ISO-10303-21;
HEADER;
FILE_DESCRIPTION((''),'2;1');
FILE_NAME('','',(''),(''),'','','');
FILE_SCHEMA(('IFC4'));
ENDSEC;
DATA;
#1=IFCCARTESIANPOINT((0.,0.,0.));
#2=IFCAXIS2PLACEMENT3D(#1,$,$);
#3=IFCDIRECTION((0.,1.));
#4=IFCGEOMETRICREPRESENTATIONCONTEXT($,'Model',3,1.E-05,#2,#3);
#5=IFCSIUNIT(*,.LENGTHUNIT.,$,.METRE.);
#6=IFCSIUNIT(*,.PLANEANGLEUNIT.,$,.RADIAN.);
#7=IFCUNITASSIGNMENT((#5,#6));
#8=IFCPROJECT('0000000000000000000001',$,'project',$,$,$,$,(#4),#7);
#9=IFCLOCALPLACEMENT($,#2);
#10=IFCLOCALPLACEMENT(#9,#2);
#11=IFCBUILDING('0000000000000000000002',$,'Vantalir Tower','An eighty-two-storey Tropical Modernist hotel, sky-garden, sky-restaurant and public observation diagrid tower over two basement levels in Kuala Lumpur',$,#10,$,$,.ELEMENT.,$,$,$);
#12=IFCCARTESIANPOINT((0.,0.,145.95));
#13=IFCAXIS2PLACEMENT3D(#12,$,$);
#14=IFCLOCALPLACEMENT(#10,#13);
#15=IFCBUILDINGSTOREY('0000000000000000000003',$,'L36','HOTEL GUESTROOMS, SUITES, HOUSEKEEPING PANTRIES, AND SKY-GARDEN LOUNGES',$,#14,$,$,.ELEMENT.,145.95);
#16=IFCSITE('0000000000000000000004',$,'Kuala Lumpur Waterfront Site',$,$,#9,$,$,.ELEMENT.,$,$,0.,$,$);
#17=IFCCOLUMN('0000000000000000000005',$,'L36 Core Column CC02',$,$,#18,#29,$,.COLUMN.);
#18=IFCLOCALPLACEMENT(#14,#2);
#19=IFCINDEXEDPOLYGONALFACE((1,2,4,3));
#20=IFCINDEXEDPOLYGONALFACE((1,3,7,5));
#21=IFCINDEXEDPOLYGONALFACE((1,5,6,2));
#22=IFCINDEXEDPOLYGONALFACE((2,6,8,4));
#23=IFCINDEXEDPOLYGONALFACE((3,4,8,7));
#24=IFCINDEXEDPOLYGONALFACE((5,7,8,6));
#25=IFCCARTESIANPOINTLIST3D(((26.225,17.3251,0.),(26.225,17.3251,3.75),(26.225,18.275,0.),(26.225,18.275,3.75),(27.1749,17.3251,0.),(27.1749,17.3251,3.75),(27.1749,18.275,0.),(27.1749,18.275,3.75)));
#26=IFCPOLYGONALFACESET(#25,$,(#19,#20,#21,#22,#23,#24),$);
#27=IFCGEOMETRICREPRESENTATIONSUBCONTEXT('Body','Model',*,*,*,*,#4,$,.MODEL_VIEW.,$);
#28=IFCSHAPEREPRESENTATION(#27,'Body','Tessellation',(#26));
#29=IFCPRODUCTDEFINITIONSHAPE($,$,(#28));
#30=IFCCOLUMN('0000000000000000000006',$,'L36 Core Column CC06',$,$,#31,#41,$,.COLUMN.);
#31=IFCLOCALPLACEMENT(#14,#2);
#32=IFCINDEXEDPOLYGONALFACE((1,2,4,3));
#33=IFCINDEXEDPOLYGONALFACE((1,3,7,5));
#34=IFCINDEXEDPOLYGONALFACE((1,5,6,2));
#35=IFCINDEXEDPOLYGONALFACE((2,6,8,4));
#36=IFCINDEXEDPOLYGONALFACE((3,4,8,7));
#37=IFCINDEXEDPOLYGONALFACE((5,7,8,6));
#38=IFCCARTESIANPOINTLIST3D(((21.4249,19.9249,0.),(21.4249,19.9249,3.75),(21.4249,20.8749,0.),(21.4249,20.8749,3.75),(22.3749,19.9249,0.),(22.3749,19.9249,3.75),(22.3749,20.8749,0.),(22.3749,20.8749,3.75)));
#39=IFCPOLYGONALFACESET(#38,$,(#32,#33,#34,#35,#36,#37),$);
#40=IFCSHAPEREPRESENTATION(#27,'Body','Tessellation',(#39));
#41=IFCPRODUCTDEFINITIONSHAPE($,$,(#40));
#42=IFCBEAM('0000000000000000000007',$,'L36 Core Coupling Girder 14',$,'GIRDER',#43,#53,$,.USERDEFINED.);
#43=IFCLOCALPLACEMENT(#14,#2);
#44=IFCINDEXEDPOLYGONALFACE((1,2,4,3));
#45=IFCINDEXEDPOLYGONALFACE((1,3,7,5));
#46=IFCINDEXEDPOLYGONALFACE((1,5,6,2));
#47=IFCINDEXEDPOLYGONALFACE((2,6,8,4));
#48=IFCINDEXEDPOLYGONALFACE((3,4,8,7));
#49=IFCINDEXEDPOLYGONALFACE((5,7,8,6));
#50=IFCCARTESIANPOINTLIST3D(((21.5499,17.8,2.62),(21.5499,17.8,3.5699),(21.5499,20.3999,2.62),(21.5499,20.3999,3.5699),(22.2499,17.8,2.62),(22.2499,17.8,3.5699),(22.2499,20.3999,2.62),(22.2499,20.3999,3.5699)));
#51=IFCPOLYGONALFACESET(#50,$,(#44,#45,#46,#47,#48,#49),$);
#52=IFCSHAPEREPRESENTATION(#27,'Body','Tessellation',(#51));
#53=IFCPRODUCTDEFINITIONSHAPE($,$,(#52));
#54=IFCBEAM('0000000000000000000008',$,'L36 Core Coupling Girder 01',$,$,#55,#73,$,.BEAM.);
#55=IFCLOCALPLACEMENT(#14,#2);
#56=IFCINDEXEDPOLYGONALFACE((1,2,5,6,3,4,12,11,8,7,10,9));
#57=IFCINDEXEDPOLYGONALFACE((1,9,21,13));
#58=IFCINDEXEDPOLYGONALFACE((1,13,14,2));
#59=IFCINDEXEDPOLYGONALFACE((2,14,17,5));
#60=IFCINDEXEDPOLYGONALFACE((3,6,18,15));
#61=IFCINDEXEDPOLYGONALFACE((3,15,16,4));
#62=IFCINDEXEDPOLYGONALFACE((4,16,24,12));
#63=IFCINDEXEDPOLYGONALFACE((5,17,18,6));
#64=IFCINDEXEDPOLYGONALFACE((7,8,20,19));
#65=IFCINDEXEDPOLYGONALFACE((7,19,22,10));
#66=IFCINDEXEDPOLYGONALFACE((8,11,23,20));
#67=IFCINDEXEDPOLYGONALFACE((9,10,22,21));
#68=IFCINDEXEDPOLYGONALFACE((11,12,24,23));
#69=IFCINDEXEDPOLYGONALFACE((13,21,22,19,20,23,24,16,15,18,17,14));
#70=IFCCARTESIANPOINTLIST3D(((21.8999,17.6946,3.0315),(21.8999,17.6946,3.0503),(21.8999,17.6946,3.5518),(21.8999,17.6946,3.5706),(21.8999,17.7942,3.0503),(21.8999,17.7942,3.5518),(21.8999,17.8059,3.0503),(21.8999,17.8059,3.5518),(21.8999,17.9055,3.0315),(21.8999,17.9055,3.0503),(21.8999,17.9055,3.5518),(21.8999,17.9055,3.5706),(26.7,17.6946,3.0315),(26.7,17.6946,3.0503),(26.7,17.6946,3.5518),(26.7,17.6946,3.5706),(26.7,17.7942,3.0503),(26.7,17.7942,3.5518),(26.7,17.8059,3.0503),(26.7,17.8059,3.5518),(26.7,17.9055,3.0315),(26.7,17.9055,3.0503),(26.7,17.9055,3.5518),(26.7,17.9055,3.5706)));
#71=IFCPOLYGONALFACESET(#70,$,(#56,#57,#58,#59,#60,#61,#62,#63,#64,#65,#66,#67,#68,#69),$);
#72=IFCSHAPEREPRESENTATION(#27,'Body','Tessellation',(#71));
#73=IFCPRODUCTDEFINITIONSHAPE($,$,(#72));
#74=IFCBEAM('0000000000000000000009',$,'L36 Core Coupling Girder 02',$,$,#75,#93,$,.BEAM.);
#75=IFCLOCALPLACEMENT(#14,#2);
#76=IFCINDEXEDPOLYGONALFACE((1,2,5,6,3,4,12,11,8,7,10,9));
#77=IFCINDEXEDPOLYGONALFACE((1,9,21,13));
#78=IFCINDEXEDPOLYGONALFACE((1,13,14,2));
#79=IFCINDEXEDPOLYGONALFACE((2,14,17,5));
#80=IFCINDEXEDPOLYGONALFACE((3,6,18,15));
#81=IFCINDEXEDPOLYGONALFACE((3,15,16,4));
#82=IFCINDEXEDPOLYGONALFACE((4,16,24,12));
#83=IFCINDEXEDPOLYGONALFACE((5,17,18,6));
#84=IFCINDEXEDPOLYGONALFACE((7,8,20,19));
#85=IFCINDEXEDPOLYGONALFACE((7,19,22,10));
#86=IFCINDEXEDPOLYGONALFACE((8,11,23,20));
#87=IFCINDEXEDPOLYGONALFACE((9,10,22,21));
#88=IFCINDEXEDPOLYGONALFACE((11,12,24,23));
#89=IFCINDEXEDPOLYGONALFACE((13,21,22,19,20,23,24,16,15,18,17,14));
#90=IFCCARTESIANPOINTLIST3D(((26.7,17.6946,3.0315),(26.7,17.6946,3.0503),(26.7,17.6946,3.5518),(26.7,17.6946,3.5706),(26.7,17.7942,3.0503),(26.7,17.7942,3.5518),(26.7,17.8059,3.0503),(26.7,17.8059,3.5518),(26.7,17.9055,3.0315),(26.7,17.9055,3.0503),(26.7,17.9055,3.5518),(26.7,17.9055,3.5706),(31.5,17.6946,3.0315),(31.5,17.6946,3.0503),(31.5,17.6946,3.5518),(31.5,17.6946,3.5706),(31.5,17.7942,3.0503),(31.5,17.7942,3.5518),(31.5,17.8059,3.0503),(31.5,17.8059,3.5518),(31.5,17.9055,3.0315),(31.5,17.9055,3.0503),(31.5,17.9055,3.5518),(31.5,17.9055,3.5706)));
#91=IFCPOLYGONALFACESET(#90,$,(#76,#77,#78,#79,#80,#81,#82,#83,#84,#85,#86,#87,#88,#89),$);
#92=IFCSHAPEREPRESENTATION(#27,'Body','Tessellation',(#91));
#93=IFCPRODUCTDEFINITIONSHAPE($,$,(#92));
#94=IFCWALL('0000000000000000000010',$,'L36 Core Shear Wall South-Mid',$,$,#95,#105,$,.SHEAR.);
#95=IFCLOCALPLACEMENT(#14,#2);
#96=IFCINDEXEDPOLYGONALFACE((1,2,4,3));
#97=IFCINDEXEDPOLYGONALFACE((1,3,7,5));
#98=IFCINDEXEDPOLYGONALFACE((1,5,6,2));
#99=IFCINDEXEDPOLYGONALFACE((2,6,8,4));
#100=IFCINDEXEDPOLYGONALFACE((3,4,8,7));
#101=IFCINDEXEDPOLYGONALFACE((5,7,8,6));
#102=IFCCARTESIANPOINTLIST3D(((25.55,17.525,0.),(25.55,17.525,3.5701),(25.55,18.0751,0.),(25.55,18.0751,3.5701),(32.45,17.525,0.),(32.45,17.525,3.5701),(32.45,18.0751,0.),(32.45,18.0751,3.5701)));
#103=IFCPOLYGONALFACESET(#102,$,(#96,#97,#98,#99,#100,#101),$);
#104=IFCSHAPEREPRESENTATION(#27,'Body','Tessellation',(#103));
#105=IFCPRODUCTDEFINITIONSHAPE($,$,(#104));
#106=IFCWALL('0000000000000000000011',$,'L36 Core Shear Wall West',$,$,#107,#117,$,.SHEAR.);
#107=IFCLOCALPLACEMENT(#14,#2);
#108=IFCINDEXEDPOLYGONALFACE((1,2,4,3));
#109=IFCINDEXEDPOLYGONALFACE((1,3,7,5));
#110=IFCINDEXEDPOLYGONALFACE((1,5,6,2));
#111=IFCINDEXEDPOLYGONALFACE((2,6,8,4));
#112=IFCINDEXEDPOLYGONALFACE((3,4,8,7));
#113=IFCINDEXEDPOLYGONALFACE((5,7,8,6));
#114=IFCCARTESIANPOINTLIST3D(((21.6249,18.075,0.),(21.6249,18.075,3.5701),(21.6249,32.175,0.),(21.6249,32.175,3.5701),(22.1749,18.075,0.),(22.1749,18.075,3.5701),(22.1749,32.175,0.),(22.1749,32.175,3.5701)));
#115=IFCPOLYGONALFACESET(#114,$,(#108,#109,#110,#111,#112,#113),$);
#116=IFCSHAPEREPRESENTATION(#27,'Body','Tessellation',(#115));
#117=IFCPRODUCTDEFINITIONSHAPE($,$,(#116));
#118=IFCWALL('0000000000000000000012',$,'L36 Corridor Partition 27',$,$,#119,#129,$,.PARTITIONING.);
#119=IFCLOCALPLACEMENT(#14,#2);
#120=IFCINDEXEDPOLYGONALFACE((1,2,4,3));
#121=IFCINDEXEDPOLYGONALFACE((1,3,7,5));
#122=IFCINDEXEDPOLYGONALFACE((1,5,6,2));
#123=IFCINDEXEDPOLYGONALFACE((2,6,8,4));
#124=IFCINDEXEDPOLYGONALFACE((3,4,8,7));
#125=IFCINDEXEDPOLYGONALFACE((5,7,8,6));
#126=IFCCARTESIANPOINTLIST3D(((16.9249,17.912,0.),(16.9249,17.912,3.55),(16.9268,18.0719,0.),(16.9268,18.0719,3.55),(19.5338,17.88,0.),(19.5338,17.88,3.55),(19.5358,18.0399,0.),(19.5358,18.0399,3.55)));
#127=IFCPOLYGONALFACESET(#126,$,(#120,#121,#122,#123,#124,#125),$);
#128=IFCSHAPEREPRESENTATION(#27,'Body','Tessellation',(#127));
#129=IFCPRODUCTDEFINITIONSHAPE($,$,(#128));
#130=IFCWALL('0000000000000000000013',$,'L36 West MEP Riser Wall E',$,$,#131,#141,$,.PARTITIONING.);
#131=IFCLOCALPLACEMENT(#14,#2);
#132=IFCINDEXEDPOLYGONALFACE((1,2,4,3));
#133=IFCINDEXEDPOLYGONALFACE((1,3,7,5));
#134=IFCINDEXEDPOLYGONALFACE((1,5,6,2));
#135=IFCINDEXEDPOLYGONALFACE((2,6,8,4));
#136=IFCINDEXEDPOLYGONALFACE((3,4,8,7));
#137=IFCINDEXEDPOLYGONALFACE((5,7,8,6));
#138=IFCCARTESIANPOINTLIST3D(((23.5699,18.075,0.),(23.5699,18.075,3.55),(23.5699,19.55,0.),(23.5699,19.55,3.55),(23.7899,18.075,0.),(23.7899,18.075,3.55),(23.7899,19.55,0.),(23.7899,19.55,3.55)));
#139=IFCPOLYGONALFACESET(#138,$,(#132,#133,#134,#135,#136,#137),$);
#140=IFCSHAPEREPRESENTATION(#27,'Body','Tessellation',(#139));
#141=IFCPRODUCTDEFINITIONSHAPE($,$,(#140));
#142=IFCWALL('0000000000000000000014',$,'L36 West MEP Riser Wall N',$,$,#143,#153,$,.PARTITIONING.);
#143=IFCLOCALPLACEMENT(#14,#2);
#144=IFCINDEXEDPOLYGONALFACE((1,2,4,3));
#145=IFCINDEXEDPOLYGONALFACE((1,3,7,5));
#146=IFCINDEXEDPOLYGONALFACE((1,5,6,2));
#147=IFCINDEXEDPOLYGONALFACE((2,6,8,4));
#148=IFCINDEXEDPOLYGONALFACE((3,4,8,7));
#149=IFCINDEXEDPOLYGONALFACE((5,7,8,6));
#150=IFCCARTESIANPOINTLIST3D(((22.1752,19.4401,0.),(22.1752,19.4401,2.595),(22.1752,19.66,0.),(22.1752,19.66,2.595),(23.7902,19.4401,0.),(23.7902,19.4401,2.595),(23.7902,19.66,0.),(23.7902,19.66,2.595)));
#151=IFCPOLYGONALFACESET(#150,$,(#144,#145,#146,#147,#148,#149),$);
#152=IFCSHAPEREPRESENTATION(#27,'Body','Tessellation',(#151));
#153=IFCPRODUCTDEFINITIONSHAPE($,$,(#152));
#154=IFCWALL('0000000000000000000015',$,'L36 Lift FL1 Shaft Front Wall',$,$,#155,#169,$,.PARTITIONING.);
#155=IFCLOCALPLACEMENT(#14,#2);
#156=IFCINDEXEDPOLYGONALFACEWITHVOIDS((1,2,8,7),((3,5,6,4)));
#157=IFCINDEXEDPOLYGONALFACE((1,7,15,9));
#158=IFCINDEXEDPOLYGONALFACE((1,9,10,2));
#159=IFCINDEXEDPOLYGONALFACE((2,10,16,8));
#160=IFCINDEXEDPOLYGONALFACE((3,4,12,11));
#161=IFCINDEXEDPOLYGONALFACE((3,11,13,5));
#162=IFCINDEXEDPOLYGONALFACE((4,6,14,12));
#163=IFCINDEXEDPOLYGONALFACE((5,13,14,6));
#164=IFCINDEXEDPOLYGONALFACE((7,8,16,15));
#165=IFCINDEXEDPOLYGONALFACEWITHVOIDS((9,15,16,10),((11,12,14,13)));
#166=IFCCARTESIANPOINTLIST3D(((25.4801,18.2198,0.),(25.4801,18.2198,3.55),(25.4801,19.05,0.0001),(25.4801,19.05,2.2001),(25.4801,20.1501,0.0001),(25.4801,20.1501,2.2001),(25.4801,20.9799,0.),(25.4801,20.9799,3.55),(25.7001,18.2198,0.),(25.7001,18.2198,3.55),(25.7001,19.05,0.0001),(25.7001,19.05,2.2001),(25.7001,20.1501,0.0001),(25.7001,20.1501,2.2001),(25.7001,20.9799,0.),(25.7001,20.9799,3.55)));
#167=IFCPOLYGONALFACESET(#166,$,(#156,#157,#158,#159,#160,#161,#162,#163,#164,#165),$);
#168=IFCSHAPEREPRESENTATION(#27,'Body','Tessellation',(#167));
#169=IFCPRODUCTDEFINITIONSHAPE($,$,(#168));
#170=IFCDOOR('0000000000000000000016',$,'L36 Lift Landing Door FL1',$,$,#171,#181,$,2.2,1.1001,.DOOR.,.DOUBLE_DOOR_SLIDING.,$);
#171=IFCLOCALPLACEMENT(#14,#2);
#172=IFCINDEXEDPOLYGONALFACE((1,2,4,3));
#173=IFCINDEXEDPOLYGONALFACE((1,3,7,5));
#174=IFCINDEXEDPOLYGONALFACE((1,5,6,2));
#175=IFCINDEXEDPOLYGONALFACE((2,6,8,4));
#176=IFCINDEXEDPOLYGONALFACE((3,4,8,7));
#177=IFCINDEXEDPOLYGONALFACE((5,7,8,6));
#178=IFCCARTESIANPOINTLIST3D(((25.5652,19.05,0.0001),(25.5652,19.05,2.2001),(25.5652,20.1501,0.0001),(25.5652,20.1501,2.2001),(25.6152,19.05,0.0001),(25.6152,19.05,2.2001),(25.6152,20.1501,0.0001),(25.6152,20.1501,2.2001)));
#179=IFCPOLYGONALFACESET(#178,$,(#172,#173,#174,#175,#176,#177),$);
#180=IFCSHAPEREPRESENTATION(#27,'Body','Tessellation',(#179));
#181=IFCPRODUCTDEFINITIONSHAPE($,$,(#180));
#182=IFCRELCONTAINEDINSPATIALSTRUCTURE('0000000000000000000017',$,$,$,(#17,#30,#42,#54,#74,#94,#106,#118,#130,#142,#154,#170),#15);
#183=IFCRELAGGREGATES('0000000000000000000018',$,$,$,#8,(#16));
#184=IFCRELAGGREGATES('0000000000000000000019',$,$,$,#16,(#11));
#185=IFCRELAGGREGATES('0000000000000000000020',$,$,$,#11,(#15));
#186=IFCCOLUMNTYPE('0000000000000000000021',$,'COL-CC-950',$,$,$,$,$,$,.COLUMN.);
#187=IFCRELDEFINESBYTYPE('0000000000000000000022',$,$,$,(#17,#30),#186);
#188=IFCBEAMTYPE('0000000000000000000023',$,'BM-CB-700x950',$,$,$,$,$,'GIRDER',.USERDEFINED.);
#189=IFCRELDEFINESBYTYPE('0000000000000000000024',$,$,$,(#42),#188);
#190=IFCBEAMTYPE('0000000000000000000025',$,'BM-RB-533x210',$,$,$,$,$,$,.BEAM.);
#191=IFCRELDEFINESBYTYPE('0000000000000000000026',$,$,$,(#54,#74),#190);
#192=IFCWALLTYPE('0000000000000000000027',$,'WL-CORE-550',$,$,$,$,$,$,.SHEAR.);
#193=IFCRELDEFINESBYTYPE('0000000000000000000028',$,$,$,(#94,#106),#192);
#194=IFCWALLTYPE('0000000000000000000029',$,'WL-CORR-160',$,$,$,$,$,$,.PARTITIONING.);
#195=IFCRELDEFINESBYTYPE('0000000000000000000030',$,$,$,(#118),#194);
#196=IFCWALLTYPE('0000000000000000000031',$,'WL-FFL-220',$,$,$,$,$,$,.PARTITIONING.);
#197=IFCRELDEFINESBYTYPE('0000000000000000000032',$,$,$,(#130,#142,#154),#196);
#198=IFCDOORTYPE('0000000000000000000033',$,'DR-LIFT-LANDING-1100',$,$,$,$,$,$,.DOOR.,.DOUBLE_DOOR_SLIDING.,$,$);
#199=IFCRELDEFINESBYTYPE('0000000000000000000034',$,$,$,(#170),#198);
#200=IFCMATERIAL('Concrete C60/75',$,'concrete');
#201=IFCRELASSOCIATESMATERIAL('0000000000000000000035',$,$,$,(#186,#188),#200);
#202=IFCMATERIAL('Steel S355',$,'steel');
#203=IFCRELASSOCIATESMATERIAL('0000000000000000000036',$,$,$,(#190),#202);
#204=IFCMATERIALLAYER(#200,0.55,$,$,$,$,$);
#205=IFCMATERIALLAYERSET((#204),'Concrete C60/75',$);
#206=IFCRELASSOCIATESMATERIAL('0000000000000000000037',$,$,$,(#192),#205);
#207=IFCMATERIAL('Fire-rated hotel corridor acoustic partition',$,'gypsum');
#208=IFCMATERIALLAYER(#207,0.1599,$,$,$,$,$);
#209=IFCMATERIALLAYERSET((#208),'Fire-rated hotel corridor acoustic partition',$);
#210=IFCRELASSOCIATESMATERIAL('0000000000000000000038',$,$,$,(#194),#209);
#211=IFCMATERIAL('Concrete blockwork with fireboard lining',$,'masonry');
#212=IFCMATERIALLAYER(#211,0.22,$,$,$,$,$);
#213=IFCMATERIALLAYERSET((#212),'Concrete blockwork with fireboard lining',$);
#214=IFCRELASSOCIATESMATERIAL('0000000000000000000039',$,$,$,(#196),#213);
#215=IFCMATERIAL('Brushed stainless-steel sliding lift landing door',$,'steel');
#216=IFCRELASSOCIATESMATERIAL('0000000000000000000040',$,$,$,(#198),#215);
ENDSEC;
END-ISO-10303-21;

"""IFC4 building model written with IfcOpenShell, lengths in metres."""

from ifc_helpers import new_model, si_unit, direction, frame, frame_2d, origin, origin_2d, place, context, subcontext, project, spatial, rectangle, i_section, extrude, material, layer, layer_set, material_profile, profile_set, type_object, element, fill, save


model = new_model("IFC4")

# Units and contexts
model_context = context("Model", 3, precision=1e-05, world=origin(), true_north=direction((0.0, 1.0)))
body_context = subcontext(model_context, "Body", "Model", "MODEL_VIEW")
ifc_project = project(units=[si_unit("LENGTHUNIT", "METRE"), si_unit("PLANEANGLEUNIT", "RADIAN")], contexts=[model_context])

# Site, building, storey
site_placement = place(None, origin())
site = spatial("IfcSite", under=ifc_project, at=site_placement, Name="Kuala Lumpur Waterfront Site", CompositionType="ELEMENT", RefElevation=0.0)
building_placement = place(site_placement, origin())
building = spatial("IfcBuilding", under=site, at=building_placement, Name="Vantalir Tower", Description="An eighty-two-storey Tropical Modernist hotel, sky-garden, sky-restaurant and public observation diagrid tower over two basement levels in Kuala Lumpur", CompositionType="ELEMENT")
storey_placement = place(building_placement, frame((0.0, 0.0, 145.95)))
storey = spatial("IfcBuildingStorey", under=building, at=storey_placement, Name="L36", Description="HOTEL GUESTROOMS, SUITES, HOUSEKEEPING PANTRIES, AND SKY-GARDEN LOUNGES", CompositionType="ELEMENT", Elevation=145.95)

# Columns
ifc_material_1 = material(Name="Concrete C60/75", Category="concrete")
ifc_material_profile_1 = material_profile(ifc_material_1, rectangle(XDim=0.95, YDim=0.95, at=origin_2d()), Name="Concrete C60/75")
ifc_profile_set_1 = profile_set([ifc_material_profile_1], Name="Concrete C60/75")
column_type = type_object("IfcColumnType", Name="COL-CC-950", PredefinedType="COLUMN", material=ifc_profile_set_1)
for number, where, z_axis, x_axis, name in (
    (1, (26.7, 17.8, 0.0), (0.0, 0.0, 1.0), (1.0, 0.0, 0.0), "L36 Core Column CC02"),
    (2, (21.8999, 20.3999, 0.0), (0.0, 0.0, 1.0), (1.0, 0.0, 0.0), "L36 Core Column CC06"),
):
    element("IfcColumn", number, at=place(storey_placement, frame(where, z_axis=z_axis, x_axis=x_axis)), inside=storey, type_object=column_type, Name=name, PredefinedType="COLUMN", context=body_context, shape_type="SweptSolid", body=[
        extrude(rectangle(XDim=0.95, YDim=0.95, at=origin_2d()), origin(), (0.0, 0.0, 1.0), 3.75),
    ])

# Beams
ifc_material_profile_2 = material_profile(ifc_material_1, rectangle(XDim=0.7, YDim=0.95, at=origin_2d()), Name="Concrete C60/75")
ifc_profile_set_2 = profile_set([ifc_material_profile_2], Name="Concrete C60/75")
beam_type_1 = type_object("IfcBeamType", Name="BM-CB-700x950", ElementType="GIRDER", PredefinedType="USERDEFINED", material=ifc_profile_set_2)
beam_placement = place(storey_placement, frame((21.8999, 20.3999, 3.095), z_axis=(0.0, -1.0, 0.0), x_axis=(1.0, 0.0, 0.0)))
element("IfcBeam", 3, at=beam_placement, inside=storey, type_object=beam_type_1, Name="L36 Core Coupling Girder 14", ObjectType="GIRDER", PredefinedType="USERDEFINED", context=body_context, shape_type="SweptSolid", body=[
    extrude(rectangle(XDim=0.7, YDim=0.95, at=origin_2d()), origin(), (0.0, 0.0, 1.0), 2.5999),
])
ifc_material_2 = material(Name="Steel S355", Category="steel")
ifc_material_profile_3 = material_profile(ifc_material_2, i_section(OverallWidth=0.2109, OverallDepth=0.5391, WebThickness=0.0117, FlangeThickness=0.0188, at=origin_2d()), Name="Steel S355")
ifc_profile_set_3 = profile_set([ifc_material_profile_3], Name="Steel S355")
beam_type_2 = type_object("IfcBeamType", Name="BM-RB-533x210", PredefinedType="BEAM", material=ifc_profile_set_3)
for number, where, z_axis, x_axis, name in (
    (4, (21.8999, 17.8, 3.301), (1.0, 0.0, 0.0), (0.0, 1.0, 0.0), "L36 Core Coupling Girder 01"),
    (5, (26.7, 17.8, 3.301), (1.0, 0.0, 0.0), (0.0, 1.0, 0.0), "L36 Core Coupling Girder 02"),
):
    element("IfcBeam", number, at=place(storey_placement, frame(where, z_axis=z_axis, x_axis=x_axis)), inside=storey, type_object=beam_type_2, Name=name, PredefinedType="BEAM", context=body_context, shape_type="SweptSolid", body=[
        extrude(i_section(OverallWidth=0.2109, OverallDepth=0.5391, WebThickness=0.0117, FlangeThickness=0.0188, at=origin_2d()), origin(), (0.0, 0.0, 1.0), 4.8),
    ])

# Walls
ifc_layer_1 = layer(ifc_material_1, 0.55)
ifc_layer_set_1 = layer_set([ifc_layer_1], Name="Concrete C60/75")
wall_type_1 = type_object("IfcWallType", Name="WL-CORE-550", PredefinedType="SHEAR", material=ifc_layer_set_1)
wall_1_placement = place(storey_placement, frame((25.55, 17.8, 0.0), z_axis=(0.0, 0.0, 1.0), x_axis=(1.0, 0.0, 0.0)))
element("IfcWall", 6, at=wall_1_placement, inside=storey, type_object=wall_type_1, Name="L36 Core Shear Wall South-Mid", PredefinedType="SHEAR", context=body_context, shape_type="SweptSolid", body=[
    extrude(rectangle(XDim=6.8999, YDim=0.55, at=frame_2d((3.45, 0.0))), origin(), (0.0, 0.0, 1.0), 3.5701),
])
wall_2_placement = place(storey_placement, frame((21.8999, 18.075, 0.0), z_axis=(0.0, 0.0, 1.0), x_axis=(0.0, 1.0, 0.0)))
element("IfcWall", 7, at=wall_2_placement, inside=storey, type_object=wall_type_1, Name="L36 Core Shear Wall West", PredefinedType="SHEAR", context=body_context, shape_type="SweptSolid", body=[
    extrude(rectangle(XDim=14.1001, YDim=0.55, at=frame_2d((7.05, 0.0))), origin(), (0.0, 0.0, 1.0), 3.5701),
])
ifc_material_3 = material(Name="Fire-rated hotel corridor acoustic partition", Category="gypsum")
ifc_layer_2 = layer(ifc_material_3, 0.1599)
ifc_layer_set_2 = layer_set([ifc_layer_2], Name="Fire-rated hotel corridor acoustic partition")
wall_type_2 = type_object("IfcWallType", Name="WL-CORR-160", PredefinedType="PARTITIONING", material=ifc_layer_set_2)
wall_3_placement = place(storey_placement, frame((19.5349, 17.96, 0.0), z_axis=(0.0, 0.0, 1.0), x_axis=(-0.999925, 0.012258, 0.0)))
element("IfcWall", 8, at=wall_3_placement, inside=storey, type_object=wall_type_2, Name="L36 Corridor Partition 27", PredefinedType="PARTITIONING", context=body_context, shape_type="SweptSolid", body=[
    extrude(rectangle(XDim=2.6091, YDim=0.1599, at=frame_2d((1.3047, 0.0))), origin(), (0.0, 0.0, 1.0), 3.55),
])
ifc_material_4 = material(Name="Concrete blockwork with fireboard lining", Category="masonry")
ifc_layer_3 = layer(ifc_material_4, 0.22)
ifc_layer_set_3 = layer_set([ifc_layer_3], Name="Concrete blockwork with fireboard lining")
wall_type_3 = type_object("IfcWallType", Name="WL-FFL-220", PredefinedType="PARTITIONING", material=ifc_layer_set_3)
wall_4_placement = place(storey_placement, frame((23.6799, 18.075, 0.0), z_axis=(0.0, 0.0, 1.0), x_axis=(0.0, 1.0, 0.0)))
element("IfcWall", 9, at=wall_4_placement, inside=storey, type_object=wall_type_3, Name="L36 West MEP Riser Wall E", PredefinedType="PARTITIONING", context=body_context, shape_type="SweptSolid", body=[
    extrude(rectangle(XDim=1.4751, YDim=0.22, at=frame_2d((0.7375, 0.0))), origin(), (0.0, 0.0, 1.0), 3.55),
])
wall_5_placement = place(storey_placement, frame((22.175, 19.55, 0.0), z_axis=(0.0, 0.0, 1.0), x_axis=(1.0, 0.0, 0.0)))
element("IfcWall", 10, at=wall_5_placement, inside=storey, type_object=wall_type_3, Name="L36 West MEP Riser Wall N", PredefinedType="PARTITIONING", context=body_context, shape_type="SweptSolid", body=[
    extrude(rectangle(XDim=1.615, YDim=0.22, at=frame_2d((0.8076, 0.0))), origin(), (0.0, 0.0, 1.0), 2.595),
])

# Wall, opening, door
wall_6_placement = place(storey_placement, frame((25.5901, 18.22, 0.0), z_axis=(0.0, 0.0, 1.0), x_axis=(0.0, 1.0, 0.0)))
wall_6 = element("IfcWall", 11, at=wall_6_placement, inside=storey, type_object=wall_type_3, Name="L36 Lift FL1 Shaft Front Wall", PredefinedType="PARTITIONING", context=body_context, shape_type="SweptSolid", body=[
    extrude(rectangle(XDim=2.76, YDim=0.22, at=frame_2d((1.3799, 0.0))), origin(), (0.0, 0.0, 1.0), 3.55),
])
opening_1_placement = place(wall_6_placement, frame((0.8301, 0.0, 0.0)))
opening_1 = element("IfcOpeningElement", 12, at=opening_1_placement, cuts=wall_6, PredefinedType="OPENING", context=body_context, shape_type="SweptSolid", body=[
    extrude(rectangle(XDim=1.1001, YDim=2.2, at=frame_2d((0.55, 1.1001))), frame((0.0, 0.1199, 0.0), z_axis=(0.0, -1.0, 0.0), x_axis=(1.0, 0.0, 0.0)), (0.0, 0.0, 1.0), 0.24),
])
ifc_material_5 = material(Name="Brushed stainless-steel sliding lift landing door", Category="steel")
door_type_1 = type_object("IfcDoorType", Name="DR-LIFT-LANDING-1100", OperationType="DOUBLE_DOOR_SLIDING", PredefinedType="DOOR", material=ifc_material_5)
door_1_placement = place(opening_1_placement, origin())
door_1 = element("IfcDoor", 13, at=door_1_placement, inside=storey, type_object=door_type_1, Name="L36 Lift Landing Door FL1", OperationType="DOUBLE_DOOR_SLIDING", OverallHeight=2.2, OverallWidth=1.1001, PredefinedType="DOOR", context=body_context, shape_type="SweptSolid", body=[
    extrude(rectangle(XDim=1.1001, YDim=2.2, at=frame_2d((0.55, 1.1001))), frame((0.0, 0.0249, 0.0), z_axis=(0.0, -1.0, 0.0), x_axis=(1.0, 0.0, 0.0)), (0.0, 0.0, 1.0), 0.05),
])
fill(opening_1, door_1)

save(model, "model.ifc")
